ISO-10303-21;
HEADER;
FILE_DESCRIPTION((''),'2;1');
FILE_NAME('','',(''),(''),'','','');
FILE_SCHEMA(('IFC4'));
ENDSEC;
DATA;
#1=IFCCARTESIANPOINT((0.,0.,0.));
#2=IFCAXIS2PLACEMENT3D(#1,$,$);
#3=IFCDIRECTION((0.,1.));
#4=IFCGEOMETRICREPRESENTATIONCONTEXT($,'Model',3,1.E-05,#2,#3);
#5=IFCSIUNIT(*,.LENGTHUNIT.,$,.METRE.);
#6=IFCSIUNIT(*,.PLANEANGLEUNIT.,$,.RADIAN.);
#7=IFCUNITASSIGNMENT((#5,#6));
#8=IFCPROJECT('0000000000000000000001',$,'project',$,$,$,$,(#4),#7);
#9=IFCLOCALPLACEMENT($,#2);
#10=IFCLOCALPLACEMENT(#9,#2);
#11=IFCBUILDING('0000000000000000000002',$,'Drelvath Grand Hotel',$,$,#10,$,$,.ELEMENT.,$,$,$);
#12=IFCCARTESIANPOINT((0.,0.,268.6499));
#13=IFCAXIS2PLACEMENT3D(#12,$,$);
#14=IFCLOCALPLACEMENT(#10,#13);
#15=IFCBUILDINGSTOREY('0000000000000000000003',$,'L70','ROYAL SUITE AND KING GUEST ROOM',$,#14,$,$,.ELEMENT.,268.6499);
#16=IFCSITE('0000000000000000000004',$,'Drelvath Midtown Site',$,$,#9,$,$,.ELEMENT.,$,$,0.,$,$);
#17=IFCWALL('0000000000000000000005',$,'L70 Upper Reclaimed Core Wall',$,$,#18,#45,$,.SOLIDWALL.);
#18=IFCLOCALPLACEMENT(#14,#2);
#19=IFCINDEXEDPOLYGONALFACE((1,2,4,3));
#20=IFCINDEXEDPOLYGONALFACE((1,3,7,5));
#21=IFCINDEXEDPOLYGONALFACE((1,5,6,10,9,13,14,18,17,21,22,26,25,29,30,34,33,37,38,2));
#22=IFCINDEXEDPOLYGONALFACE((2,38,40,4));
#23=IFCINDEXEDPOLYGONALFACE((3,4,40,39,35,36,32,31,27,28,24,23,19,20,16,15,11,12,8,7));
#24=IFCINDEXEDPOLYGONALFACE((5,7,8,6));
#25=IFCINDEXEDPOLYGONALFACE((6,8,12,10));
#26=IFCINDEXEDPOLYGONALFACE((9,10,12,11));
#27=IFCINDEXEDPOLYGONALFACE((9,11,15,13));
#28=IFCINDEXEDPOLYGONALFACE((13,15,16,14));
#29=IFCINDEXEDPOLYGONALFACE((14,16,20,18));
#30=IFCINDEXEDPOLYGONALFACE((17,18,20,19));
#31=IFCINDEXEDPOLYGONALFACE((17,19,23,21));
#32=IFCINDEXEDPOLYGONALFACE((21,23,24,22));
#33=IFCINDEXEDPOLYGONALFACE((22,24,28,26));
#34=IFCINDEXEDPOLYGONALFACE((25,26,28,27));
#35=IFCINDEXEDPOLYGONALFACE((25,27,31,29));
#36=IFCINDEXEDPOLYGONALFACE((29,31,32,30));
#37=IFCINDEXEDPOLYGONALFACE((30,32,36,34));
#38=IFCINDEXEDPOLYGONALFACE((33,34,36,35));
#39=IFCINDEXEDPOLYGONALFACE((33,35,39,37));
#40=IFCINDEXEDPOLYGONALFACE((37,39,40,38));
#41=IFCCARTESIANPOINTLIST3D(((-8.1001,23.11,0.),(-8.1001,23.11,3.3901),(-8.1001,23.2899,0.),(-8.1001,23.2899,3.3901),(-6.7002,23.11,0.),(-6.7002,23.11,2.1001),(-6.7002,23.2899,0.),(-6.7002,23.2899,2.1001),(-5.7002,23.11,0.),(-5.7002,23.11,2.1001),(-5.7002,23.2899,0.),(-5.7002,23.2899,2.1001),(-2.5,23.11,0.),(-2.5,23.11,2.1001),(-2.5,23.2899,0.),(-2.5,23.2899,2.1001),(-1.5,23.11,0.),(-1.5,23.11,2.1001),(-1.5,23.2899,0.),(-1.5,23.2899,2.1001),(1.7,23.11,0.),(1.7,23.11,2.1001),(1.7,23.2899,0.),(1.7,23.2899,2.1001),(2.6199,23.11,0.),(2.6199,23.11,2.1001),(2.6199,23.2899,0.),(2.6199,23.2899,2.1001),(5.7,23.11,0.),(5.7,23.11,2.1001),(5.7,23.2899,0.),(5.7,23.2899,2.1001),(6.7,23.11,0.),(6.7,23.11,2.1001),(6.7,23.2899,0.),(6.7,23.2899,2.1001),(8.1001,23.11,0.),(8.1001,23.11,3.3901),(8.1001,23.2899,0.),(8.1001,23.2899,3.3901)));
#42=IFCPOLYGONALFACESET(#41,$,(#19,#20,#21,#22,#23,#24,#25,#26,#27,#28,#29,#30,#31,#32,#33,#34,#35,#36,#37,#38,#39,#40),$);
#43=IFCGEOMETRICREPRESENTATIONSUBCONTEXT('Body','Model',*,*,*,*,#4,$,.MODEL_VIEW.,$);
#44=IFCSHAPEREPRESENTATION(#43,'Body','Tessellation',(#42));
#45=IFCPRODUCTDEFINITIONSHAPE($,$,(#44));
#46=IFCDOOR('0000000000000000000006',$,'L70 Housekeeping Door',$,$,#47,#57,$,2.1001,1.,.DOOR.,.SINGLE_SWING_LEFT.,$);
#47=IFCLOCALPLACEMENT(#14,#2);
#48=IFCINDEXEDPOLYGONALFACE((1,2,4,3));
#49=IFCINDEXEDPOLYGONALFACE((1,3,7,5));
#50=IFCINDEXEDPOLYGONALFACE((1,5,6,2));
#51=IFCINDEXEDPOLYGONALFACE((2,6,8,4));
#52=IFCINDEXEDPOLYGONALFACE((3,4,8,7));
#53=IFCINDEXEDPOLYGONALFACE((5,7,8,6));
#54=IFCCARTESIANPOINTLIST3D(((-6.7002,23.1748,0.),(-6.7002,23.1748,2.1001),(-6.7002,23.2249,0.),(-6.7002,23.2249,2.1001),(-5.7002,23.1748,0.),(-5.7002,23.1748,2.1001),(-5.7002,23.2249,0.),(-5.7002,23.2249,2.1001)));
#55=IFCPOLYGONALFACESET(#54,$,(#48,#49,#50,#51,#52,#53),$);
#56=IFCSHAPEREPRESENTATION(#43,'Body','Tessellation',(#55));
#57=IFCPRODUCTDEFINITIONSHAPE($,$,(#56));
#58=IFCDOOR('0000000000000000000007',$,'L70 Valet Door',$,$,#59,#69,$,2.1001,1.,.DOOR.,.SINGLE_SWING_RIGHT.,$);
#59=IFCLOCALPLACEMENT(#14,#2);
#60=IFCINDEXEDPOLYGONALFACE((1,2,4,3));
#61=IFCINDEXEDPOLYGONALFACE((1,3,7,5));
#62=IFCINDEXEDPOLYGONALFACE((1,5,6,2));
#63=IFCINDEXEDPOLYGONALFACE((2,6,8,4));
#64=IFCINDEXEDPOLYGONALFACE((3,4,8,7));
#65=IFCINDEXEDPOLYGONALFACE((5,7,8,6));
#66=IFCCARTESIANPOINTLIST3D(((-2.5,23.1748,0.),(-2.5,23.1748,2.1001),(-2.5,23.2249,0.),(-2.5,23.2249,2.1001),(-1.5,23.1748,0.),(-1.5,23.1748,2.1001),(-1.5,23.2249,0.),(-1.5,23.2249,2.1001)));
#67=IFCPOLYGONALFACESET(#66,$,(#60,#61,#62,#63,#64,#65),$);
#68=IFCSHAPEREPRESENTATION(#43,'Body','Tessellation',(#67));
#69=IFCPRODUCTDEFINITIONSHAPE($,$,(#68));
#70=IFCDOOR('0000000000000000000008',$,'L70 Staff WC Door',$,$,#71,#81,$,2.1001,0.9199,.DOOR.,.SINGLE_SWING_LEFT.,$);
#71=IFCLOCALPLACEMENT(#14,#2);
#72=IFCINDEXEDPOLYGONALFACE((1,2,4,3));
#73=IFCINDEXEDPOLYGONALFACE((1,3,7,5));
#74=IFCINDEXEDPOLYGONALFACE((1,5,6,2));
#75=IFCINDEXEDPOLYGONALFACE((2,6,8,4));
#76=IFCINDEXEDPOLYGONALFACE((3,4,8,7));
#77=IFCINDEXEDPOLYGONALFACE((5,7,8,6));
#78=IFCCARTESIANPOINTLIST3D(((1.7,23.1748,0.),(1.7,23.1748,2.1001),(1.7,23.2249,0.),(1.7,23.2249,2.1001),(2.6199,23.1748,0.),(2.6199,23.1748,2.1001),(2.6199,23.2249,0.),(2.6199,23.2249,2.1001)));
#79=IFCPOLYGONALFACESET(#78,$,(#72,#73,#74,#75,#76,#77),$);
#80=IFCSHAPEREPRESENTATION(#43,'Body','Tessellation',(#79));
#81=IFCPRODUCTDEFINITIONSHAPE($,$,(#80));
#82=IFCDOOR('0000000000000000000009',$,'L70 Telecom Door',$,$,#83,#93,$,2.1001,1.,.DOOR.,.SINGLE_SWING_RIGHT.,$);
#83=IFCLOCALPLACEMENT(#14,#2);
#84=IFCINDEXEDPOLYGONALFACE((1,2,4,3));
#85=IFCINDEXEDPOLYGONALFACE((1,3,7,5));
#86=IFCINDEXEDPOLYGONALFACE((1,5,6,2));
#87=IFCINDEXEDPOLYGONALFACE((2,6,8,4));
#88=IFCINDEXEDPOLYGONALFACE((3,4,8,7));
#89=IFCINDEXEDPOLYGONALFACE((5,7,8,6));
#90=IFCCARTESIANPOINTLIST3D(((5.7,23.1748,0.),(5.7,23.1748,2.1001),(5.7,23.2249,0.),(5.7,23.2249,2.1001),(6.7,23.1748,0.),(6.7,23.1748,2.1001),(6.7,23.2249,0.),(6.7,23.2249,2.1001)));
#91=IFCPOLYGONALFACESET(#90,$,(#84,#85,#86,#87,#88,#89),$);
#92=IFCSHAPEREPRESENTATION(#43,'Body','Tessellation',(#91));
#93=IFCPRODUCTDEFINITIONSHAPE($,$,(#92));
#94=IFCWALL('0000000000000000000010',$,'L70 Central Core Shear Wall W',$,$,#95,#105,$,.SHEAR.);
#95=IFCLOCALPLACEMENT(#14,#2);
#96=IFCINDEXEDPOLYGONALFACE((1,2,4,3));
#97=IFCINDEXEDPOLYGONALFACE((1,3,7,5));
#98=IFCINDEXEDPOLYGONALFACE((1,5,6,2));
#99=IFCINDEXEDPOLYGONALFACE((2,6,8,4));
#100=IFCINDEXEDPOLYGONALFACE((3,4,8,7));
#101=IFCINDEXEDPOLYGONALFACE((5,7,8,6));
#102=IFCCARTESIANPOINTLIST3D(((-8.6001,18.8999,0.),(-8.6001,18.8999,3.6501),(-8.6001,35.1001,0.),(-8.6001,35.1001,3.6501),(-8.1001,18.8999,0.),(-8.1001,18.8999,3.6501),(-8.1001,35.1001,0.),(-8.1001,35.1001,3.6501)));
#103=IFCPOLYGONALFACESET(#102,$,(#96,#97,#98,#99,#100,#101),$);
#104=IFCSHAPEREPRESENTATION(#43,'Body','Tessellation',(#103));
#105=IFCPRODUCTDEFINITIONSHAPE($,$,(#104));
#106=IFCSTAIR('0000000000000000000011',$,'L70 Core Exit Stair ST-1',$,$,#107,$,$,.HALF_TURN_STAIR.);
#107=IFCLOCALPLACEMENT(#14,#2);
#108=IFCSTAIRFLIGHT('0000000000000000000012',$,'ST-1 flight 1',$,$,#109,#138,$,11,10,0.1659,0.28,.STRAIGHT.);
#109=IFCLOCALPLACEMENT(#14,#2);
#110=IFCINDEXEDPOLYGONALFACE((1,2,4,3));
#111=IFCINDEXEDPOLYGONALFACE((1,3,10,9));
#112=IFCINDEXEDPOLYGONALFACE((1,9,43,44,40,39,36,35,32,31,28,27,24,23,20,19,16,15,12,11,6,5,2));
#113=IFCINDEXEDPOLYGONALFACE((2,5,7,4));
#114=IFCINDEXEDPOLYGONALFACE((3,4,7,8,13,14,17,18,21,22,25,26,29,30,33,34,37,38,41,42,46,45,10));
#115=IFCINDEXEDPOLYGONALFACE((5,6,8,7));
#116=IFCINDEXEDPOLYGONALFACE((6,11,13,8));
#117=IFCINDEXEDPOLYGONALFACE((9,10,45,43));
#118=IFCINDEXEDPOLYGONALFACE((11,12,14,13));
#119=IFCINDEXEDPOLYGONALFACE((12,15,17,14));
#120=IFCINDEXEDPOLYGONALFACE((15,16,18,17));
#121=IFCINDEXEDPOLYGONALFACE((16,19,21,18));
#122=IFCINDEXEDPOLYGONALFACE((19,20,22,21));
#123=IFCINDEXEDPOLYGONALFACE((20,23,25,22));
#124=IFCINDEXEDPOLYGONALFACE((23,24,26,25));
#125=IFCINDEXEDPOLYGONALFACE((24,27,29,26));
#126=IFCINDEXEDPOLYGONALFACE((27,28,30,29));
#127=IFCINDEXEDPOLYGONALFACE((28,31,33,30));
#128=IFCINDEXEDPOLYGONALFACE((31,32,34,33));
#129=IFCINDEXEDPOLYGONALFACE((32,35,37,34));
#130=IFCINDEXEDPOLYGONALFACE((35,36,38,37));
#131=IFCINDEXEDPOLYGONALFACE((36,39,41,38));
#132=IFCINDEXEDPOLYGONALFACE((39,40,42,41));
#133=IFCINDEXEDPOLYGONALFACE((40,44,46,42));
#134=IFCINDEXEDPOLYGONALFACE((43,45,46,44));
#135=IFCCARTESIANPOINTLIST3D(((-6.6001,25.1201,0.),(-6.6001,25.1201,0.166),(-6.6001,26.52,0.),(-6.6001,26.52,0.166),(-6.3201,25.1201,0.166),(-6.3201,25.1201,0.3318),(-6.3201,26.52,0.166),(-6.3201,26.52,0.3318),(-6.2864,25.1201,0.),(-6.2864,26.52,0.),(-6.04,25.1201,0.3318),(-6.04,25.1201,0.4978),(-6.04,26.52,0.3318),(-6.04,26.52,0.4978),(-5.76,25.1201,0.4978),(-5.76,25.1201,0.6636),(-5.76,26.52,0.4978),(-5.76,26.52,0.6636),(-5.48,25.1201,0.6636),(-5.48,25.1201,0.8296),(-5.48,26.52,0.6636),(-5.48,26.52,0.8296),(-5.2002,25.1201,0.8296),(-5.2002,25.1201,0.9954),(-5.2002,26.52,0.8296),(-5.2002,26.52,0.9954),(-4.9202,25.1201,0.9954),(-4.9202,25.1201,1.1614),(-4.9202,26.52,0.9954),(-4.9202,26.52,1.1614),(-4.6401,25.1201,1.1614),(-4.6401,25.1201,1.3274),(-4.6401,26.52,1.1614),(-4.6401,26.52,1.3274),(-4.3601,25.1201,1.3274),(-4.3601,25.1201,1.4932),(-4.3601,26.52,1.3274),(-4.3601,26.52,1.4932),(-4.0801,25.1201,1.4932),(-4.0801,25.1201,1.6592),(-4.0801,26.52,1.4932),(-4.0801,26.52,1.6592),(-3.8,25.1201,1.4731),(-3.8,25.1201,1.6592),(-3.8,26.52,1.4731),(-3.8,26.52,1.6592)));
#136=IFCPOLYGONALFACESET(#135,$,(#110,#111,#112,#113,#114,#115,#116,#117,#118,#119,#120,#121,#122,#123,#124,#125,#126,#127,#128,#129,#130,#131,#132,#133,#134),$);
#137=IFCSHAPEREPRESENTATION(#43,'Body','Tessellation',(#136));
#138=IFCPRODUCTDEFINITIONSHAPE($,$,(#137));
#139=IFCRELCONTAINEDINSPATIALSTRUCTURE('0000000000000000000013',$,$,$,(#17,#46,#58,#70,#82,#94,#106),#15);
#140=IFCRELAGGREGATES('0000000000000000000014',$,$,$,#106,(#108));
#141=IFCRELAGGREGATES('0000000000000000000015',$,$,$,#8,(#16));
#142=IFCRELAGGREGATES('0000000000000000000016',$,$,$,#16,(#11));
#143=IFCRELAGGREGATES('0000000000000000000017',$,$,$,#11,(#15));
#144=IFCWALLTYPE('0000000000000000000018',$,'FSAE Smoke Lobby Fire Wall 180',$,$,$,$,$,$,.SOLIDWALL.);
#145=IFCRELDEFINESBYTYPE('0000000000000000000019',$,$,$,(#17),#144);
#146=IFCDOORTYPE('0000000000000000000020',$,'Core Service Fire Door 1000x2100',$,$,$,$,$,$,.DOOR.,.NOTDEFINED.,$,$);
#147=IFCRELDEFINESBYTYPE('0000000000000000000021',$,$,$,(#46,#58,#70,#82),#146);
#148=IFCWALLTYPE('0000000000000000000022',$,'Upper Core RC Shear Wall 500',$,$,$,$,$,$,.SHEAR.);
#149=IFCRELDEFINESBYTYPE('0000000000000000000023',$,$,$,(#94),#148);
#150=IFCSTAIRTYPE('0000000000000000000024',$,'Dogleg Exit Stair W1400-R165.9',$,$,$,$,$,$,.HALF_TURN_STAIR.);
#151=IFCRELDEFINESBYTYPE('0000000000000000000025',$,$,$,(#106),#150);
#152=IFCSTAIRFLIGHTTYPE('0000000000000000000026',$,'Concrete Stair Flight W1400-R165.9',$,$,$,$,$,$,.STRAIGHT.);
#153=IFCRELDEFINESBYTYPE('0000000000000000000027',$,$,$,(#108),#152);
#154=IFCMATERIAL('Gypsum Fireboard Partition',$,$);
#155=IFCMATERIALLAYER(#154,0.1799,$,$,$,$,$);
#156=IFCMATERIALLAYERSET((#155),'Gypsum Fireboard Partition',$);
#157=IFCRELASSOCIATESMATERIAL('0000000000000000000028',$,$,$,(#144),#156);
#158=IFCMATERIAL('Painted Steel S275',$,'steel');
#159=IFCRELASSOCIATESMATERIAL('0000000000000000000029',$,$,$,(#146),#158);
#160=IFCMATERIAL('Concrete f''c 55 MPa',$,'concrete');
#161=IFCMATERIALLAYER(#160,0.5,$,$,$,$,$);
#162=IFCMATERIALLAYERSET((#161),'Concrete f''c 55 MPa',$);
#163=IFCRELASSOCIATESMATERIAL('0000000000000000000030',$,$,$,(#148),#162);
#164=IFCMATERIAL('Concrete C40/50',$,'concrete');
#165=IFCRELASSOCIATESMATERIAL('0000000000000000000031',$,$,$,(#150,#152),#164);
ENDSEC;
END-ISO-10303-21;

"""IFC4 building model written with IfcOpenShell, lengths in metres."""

from ifc_helpers import new_model, si_unit, direction, frame, frame_2d, origin, place, context, subcontext, project, spatial, polyline, rectangle, outline, extrude, material, layer, layer_set, type_object, element, fill, aggregate, save


model = new_model("IFC4")

# Units and contexts
model_context = context("Model", 3, precision=1e-05, world=origin(), true_north=direction((0.0, 1.0)))
body_context = subcontext(model_context, "Body", "Model", "MODEL_VIEW")
ifc_project = project(units=[si_unit("LENGTHUNIT", "METRE"), si_unit("PLANEANGLEUNIT", "RADIAN")], contexts=[model_context])

# Site, building, storey
site_placement = place(None, origin())
site = spatial("IfcSite", under=ifc_project, at=site_placement, Name="Drelvath Midtown Site", CompositionType="ELEMENT", RefElevation=0.0)
building_placement = place(site_placement, origin())
building = spatial("IfcBuilding", under=site, at=building_placement, Name="Drelvath Grand Hotel", CompositionType="ELEMENT")
storey_placement = place(building_placement, frame((0.0, 0.0, 268.6499)))
storey = spatial("IfcBuildingStorey", under=building, at=storey_placement, Name="L70", Description="ROYAL SUITE AND KING GUEST ROOM", CompositionType="ELEMENT", Elevation=268.6499)

# Shared definitions
ifc_material_1 = material(Name="Concrete f'c 55 MPa", Category="concrete")

# Shared definitions
ifc_material_2 = material(Name="Concrete C40/50", Category="concrete")
ifc_material_3 = material(Name="Painted Steel S275", Category="steel")

# Wall, openings, doors
ifc_material_4 = material(Name="Gypsum Fireboard Partition")
ifc_layer_1 = layer(ifc_material_4, 0.1799)
ifc_layer_set_1 = layer_set([ifc_layer_1], Name="Gypsum Fireboard Partition")
wall_type_1 = type_object("IfcWallType", Name="FSAE Smoke Lobby Fire Wall 180", PredefinedType="SOLIDWALL", material=ifc_layer_set_1)
wall_1_placement = place(storey_placement, frame((-8.1001, 23.2, 0.0), z_axis=(0.0, 0.0, 1.0), x_axis=(1.0, 0.0, 0.0)))
wall_1 = element("IfcWall", 1, at=wall_1_placement, inside=storey, type_object=wall_type_1, Name="L70 Upper Reclaimed Core Wall", PredefinedType="SOLIDWALL", context=body_context, shape_type="SweptSolid", body=[
    extrude(rectangle(XDim=16.2002, YDim=0.1799, at=frame_2d((8.1001, 0.0))), origin(), (0.0, 0.0, 1.0), 3.3901),
])
opening_1_placement = place(wall_1_placement, frame((1.3999, 0.0, 0.0)))
opening_1 = element("IfcOpeningElement", 2, at=opening_1_placement, cuts=wall_1, PredefinedType="OPENING", context=body_context, shape_type="SweptSolid", body=[
    extrude(rectangle(XDim=1.0, YDim=2.1001, at=frame_2d((0.5, 1.05))), frame((0.0, 0.0999, 0.0), z_axis=(0.0, -1.0, 0.0), x_axis=(1.0, 0.0, 0.0)), (0.0, 0.0, 1.0), 0.2),
])
opening_2_placement = place(wall_1_placement, frame((5.6001, 0.0, 0.0)))
opening_2 = element("IfcOpeningElement", 3, at=opening_2_placement, cuts=wall_1, PredefinedType="OPENING", context=body_context, shape_type="SweptSolid", body=[
    extrude(rectangle(XDim=1.0, YDim=2.1001, at=frame_2d((0.5, 1.05))), frame((0.0, 0.0999, 0.0), z_axis=(0.0, -1.0, 0.0), x_axis=(1.0, 0.0, 0.0)), (0.0, 0.0, 1.0), 0.2),
])
opening_3_placement = place(wall_1_placement, frame((9.8, 0.0, 0.0)))
opening_3 = element("IfcOpeningElement", 4, at=opening_3_placement, cuts=wall_1, PredefinedType="OPENING", context=body_context, shape_type="SweptSolid", body=[
    extrude(rectangle(XDim=0.9199, YDim=2.1001, at=frame_2d((0.46, 1.05))), frame((0.0, 0.0999, 0.0), z_axis=(0.0, -1.0, 0.0), x_axis=(1.0, 0.0, 0.0)), (0.0, 0.0, 1.0), 0.2),
])
opening_4_placement = place(wall_1_placement, frame((13.8, 0.0, 0.0)))
opening_4 = element("IfcOpeningElement", 5, at=opening_4_placement, cuts=wall_1, PredefinedType="OPENING", context=body_context, shape_type="SweptSolid", body=[
    extrude(rectangle(XDim=1.0, YDim=2.1001, at=frame_2d((0.5, 1.05))), frame((0.0, 0.0999, 0.0), z_axis=(0.0, -1.0, 0.0), x_axis=(1.0, 0.0, 0.0)), (0.0, 0.0, 1.0), 0.2),
])
door_type_1 = type_object("IfcDoorType", Name="Core Service Fire Door 1000x2100", OperationType="NOTDEFINED", PredefinedType="DOOR", material=ifc_material_3)
door_1_placement = place(opening_1_placement, origin())
door_1 = element("IfcDoor", 6, at=door_1_placement, inside=storey, type_object=door_type_1, Name="L70 Housekeeping Door", OperationType="SINGLE_SWING_LEFT", OverallHeight=2.1001, OverallWidth=1.0, PredefinedType="DOOR", context=body_context, shape_type="SweptSolid", body=[
    extrude(rectangle(XDim=1.0, YDim=2.1001, at=frame_2d((0.5, 1.05))), frame((0.0, 0.0249, 0.0), z_axis=(0.0, -1.0, 0.0), x_axis=(1.0, 0.0, 0.0)), (0.0, 0.0, 1.0), 0.05),
])
fill(opening_1, door_1)
door_2_placement = place(opening_2_placement, origin())
door_2 = element("IfcDoor", 7, at=door_2_placement, inside=storey, type_object=door_type_1, Name="L70 Valet Door", OperationType="SINGLE_SWING_RIGHT", OverallHeight=2.1001, OverallWidth=1.0, PredefinedType="DOOR", context=body_context, shape_type="SweptSolid", body=[
    extrude(rectangle(XDim=1.0, YDim=2.1001, at=frame_2d((0.5, 1.05))), frame((0.0, 0.0249, 0.0), z_axis=(0.0, -1.0, 0.0), x_axis=(1.0, 0.0, 0.0)), (0.0, 0.0, 1.0), 0.05),
])
fill(opening_2, door_2)
door_3_placement = place(opening_3_placement, origin())
door_3 = element("IfcDoor", 8, at=door_3_placement, inside=storey, type_object=door_type_1, Name="L70 Staff WC Door", OperationType="SINGLE_SWING_LEFT", OverallHeight=2.1001, OverallWidth=0.9199, PredefinedType="DOOR", context=body_context, shape_type="SweptSolid", body=[
    extrude(rectangle(XDim=0.9199, YDim=2.1001, at=frame_2d((0.46, 1.05))), frame((0.0, 0.0249, 0.0), z_axis=(0.0, -1.0, 0.0), x_axis=(1.0, 0.0, 0.0)), (0.0, 0.0, 1.0), 0.05),
])
fill(opening_3, door_3)
door_4_placement = place(opening_4_placement, origin())
door_4 = element("IfcDoor", 9, at=door_4_placement, inside=storey, type_object=door_type_1, Name="L70 Telecom Door", OperationType="SINGLE_SWING_RIGHT", OverallHeight=2.1001, OverallWidth=1.0, PredefinedType="DOOR", context=body_context, shape_type="SweptSolid", body=[
    extrude(rectangle(XDim=1.0, YDim=2.1001, at=frame_2d((0.5, 1.05))), frame((0.0, 0.0249, 0.0), z_axis=(0.0, -1.0, 0.0), x_axis=(1.0, 0.0, 0.0)), (0.0, 0.0, 1.0), 0.05),
])
fill(opening_4, door_4)

# Wall
ifc_layer_2 = layer(ifc_material_1, 0.5)
ifc_layer_set_2 = layer_set([ifc_layer_2], Name="Concrete f'c 55 MPa")
wall_type_2 = type_object("IfcWallType", Name="Upper Core RC Shear Wall 500", PredefinedType="SHEAR", material=ifc_layer_set_2)
wall_2_placement = place(storey_placement, frame((-8.3501, 18.8999, 0.0), z_axis=(0.0, 0.0, 1.0), x_axis=(0.0, 1.0, 0.0)))
element("IfcWall", 10, at=wall_2_placement, inside=storey, type_object=wall_type_2, Name="L70 Central Core Shear Wall W", PredefinedType="SHEAR", context=body_context, shape_type="SweptSolid", body=[
    extrude(rectangle(XDim=16.2002, YDim=0.5, at=frame_2d((8.1001, 0.0))), origin(), (0.0, 0.0, 1.0), 3.6501),
])

# Stair, stair flight
stair_type = type_object("IfcStairType", Name="Dogleg Exit Stair W1400-R165.9", PredefinedType="HALF_TURN_STAIR", material=ifc_material_2)
stair_placement = place(storey_placement, origin())
stair = element("IfcStair", 11, at=stair_placement, inside=storey, type_object=stair_type, Name="L70 Core Exit Stair ST-1", PredefinedType="HALF_TURN_STAIR")
stair_flight_type = type_object("IfcStairFlightType", Name="Concrete Stair Flight W1400-R165.9", PredefinedType="STRAIGHT", material=ifc_material_2)
stair_flight_placement = place(storey_placement, frame((-6.6001, 25.8201, 0.0), z_axis=(0.0, 0.0, 1.0), x_axis=(1.0, 0.0, 0.0)))
stair_flight = element("IfcStairFlight", 12, at=stair_flight_placement, type_object=stair_flight_type, Name="ST-1 flight 1", NumberOfRisers=11, NumberOfTreads=10, PredefinedType="STRAIGHT", RiserHeight=0.1659, TreadLength=0.28, context=body_context, shape_type="SweptSolid", body=[
    extrude(outline(polyline([(0.0, 0.0), (0.0, 0.166), (0.28, 0.166), (0.28, 0.3318), (0.5601, 0.3318), (0.5601, 0.4978), (0.8401, 0.4978), (0.8401, 0.6636), (1.1201, 0.6636), (1.1201, 0.8296), (1.3999, 0.8296), (1.3999, 0.9954), (1.6799, 0.9954), (1.6799, 1.1614), (1.96, 1.1614), (1.96, 1.3274), (2.24, 1.3274), (2.24, 1.4932), (2.52, 1.4932), (2.52, 1.6592), (2.8, 1.6592), (2.8, 1.825), (2.8, 1.4731), (0.3137, 0.0), (0.0, 0.0)])), frame((0.0, 0.7, 0.0), z_axis=(0.0, -1.0, 0.0), x_axis=(1.0, 0.0, 0.0)), (0.0, 0.0, 1.0), 1.3999),
])
aggregate(stair, [stair_flight])

save(model, "model.ifc")
